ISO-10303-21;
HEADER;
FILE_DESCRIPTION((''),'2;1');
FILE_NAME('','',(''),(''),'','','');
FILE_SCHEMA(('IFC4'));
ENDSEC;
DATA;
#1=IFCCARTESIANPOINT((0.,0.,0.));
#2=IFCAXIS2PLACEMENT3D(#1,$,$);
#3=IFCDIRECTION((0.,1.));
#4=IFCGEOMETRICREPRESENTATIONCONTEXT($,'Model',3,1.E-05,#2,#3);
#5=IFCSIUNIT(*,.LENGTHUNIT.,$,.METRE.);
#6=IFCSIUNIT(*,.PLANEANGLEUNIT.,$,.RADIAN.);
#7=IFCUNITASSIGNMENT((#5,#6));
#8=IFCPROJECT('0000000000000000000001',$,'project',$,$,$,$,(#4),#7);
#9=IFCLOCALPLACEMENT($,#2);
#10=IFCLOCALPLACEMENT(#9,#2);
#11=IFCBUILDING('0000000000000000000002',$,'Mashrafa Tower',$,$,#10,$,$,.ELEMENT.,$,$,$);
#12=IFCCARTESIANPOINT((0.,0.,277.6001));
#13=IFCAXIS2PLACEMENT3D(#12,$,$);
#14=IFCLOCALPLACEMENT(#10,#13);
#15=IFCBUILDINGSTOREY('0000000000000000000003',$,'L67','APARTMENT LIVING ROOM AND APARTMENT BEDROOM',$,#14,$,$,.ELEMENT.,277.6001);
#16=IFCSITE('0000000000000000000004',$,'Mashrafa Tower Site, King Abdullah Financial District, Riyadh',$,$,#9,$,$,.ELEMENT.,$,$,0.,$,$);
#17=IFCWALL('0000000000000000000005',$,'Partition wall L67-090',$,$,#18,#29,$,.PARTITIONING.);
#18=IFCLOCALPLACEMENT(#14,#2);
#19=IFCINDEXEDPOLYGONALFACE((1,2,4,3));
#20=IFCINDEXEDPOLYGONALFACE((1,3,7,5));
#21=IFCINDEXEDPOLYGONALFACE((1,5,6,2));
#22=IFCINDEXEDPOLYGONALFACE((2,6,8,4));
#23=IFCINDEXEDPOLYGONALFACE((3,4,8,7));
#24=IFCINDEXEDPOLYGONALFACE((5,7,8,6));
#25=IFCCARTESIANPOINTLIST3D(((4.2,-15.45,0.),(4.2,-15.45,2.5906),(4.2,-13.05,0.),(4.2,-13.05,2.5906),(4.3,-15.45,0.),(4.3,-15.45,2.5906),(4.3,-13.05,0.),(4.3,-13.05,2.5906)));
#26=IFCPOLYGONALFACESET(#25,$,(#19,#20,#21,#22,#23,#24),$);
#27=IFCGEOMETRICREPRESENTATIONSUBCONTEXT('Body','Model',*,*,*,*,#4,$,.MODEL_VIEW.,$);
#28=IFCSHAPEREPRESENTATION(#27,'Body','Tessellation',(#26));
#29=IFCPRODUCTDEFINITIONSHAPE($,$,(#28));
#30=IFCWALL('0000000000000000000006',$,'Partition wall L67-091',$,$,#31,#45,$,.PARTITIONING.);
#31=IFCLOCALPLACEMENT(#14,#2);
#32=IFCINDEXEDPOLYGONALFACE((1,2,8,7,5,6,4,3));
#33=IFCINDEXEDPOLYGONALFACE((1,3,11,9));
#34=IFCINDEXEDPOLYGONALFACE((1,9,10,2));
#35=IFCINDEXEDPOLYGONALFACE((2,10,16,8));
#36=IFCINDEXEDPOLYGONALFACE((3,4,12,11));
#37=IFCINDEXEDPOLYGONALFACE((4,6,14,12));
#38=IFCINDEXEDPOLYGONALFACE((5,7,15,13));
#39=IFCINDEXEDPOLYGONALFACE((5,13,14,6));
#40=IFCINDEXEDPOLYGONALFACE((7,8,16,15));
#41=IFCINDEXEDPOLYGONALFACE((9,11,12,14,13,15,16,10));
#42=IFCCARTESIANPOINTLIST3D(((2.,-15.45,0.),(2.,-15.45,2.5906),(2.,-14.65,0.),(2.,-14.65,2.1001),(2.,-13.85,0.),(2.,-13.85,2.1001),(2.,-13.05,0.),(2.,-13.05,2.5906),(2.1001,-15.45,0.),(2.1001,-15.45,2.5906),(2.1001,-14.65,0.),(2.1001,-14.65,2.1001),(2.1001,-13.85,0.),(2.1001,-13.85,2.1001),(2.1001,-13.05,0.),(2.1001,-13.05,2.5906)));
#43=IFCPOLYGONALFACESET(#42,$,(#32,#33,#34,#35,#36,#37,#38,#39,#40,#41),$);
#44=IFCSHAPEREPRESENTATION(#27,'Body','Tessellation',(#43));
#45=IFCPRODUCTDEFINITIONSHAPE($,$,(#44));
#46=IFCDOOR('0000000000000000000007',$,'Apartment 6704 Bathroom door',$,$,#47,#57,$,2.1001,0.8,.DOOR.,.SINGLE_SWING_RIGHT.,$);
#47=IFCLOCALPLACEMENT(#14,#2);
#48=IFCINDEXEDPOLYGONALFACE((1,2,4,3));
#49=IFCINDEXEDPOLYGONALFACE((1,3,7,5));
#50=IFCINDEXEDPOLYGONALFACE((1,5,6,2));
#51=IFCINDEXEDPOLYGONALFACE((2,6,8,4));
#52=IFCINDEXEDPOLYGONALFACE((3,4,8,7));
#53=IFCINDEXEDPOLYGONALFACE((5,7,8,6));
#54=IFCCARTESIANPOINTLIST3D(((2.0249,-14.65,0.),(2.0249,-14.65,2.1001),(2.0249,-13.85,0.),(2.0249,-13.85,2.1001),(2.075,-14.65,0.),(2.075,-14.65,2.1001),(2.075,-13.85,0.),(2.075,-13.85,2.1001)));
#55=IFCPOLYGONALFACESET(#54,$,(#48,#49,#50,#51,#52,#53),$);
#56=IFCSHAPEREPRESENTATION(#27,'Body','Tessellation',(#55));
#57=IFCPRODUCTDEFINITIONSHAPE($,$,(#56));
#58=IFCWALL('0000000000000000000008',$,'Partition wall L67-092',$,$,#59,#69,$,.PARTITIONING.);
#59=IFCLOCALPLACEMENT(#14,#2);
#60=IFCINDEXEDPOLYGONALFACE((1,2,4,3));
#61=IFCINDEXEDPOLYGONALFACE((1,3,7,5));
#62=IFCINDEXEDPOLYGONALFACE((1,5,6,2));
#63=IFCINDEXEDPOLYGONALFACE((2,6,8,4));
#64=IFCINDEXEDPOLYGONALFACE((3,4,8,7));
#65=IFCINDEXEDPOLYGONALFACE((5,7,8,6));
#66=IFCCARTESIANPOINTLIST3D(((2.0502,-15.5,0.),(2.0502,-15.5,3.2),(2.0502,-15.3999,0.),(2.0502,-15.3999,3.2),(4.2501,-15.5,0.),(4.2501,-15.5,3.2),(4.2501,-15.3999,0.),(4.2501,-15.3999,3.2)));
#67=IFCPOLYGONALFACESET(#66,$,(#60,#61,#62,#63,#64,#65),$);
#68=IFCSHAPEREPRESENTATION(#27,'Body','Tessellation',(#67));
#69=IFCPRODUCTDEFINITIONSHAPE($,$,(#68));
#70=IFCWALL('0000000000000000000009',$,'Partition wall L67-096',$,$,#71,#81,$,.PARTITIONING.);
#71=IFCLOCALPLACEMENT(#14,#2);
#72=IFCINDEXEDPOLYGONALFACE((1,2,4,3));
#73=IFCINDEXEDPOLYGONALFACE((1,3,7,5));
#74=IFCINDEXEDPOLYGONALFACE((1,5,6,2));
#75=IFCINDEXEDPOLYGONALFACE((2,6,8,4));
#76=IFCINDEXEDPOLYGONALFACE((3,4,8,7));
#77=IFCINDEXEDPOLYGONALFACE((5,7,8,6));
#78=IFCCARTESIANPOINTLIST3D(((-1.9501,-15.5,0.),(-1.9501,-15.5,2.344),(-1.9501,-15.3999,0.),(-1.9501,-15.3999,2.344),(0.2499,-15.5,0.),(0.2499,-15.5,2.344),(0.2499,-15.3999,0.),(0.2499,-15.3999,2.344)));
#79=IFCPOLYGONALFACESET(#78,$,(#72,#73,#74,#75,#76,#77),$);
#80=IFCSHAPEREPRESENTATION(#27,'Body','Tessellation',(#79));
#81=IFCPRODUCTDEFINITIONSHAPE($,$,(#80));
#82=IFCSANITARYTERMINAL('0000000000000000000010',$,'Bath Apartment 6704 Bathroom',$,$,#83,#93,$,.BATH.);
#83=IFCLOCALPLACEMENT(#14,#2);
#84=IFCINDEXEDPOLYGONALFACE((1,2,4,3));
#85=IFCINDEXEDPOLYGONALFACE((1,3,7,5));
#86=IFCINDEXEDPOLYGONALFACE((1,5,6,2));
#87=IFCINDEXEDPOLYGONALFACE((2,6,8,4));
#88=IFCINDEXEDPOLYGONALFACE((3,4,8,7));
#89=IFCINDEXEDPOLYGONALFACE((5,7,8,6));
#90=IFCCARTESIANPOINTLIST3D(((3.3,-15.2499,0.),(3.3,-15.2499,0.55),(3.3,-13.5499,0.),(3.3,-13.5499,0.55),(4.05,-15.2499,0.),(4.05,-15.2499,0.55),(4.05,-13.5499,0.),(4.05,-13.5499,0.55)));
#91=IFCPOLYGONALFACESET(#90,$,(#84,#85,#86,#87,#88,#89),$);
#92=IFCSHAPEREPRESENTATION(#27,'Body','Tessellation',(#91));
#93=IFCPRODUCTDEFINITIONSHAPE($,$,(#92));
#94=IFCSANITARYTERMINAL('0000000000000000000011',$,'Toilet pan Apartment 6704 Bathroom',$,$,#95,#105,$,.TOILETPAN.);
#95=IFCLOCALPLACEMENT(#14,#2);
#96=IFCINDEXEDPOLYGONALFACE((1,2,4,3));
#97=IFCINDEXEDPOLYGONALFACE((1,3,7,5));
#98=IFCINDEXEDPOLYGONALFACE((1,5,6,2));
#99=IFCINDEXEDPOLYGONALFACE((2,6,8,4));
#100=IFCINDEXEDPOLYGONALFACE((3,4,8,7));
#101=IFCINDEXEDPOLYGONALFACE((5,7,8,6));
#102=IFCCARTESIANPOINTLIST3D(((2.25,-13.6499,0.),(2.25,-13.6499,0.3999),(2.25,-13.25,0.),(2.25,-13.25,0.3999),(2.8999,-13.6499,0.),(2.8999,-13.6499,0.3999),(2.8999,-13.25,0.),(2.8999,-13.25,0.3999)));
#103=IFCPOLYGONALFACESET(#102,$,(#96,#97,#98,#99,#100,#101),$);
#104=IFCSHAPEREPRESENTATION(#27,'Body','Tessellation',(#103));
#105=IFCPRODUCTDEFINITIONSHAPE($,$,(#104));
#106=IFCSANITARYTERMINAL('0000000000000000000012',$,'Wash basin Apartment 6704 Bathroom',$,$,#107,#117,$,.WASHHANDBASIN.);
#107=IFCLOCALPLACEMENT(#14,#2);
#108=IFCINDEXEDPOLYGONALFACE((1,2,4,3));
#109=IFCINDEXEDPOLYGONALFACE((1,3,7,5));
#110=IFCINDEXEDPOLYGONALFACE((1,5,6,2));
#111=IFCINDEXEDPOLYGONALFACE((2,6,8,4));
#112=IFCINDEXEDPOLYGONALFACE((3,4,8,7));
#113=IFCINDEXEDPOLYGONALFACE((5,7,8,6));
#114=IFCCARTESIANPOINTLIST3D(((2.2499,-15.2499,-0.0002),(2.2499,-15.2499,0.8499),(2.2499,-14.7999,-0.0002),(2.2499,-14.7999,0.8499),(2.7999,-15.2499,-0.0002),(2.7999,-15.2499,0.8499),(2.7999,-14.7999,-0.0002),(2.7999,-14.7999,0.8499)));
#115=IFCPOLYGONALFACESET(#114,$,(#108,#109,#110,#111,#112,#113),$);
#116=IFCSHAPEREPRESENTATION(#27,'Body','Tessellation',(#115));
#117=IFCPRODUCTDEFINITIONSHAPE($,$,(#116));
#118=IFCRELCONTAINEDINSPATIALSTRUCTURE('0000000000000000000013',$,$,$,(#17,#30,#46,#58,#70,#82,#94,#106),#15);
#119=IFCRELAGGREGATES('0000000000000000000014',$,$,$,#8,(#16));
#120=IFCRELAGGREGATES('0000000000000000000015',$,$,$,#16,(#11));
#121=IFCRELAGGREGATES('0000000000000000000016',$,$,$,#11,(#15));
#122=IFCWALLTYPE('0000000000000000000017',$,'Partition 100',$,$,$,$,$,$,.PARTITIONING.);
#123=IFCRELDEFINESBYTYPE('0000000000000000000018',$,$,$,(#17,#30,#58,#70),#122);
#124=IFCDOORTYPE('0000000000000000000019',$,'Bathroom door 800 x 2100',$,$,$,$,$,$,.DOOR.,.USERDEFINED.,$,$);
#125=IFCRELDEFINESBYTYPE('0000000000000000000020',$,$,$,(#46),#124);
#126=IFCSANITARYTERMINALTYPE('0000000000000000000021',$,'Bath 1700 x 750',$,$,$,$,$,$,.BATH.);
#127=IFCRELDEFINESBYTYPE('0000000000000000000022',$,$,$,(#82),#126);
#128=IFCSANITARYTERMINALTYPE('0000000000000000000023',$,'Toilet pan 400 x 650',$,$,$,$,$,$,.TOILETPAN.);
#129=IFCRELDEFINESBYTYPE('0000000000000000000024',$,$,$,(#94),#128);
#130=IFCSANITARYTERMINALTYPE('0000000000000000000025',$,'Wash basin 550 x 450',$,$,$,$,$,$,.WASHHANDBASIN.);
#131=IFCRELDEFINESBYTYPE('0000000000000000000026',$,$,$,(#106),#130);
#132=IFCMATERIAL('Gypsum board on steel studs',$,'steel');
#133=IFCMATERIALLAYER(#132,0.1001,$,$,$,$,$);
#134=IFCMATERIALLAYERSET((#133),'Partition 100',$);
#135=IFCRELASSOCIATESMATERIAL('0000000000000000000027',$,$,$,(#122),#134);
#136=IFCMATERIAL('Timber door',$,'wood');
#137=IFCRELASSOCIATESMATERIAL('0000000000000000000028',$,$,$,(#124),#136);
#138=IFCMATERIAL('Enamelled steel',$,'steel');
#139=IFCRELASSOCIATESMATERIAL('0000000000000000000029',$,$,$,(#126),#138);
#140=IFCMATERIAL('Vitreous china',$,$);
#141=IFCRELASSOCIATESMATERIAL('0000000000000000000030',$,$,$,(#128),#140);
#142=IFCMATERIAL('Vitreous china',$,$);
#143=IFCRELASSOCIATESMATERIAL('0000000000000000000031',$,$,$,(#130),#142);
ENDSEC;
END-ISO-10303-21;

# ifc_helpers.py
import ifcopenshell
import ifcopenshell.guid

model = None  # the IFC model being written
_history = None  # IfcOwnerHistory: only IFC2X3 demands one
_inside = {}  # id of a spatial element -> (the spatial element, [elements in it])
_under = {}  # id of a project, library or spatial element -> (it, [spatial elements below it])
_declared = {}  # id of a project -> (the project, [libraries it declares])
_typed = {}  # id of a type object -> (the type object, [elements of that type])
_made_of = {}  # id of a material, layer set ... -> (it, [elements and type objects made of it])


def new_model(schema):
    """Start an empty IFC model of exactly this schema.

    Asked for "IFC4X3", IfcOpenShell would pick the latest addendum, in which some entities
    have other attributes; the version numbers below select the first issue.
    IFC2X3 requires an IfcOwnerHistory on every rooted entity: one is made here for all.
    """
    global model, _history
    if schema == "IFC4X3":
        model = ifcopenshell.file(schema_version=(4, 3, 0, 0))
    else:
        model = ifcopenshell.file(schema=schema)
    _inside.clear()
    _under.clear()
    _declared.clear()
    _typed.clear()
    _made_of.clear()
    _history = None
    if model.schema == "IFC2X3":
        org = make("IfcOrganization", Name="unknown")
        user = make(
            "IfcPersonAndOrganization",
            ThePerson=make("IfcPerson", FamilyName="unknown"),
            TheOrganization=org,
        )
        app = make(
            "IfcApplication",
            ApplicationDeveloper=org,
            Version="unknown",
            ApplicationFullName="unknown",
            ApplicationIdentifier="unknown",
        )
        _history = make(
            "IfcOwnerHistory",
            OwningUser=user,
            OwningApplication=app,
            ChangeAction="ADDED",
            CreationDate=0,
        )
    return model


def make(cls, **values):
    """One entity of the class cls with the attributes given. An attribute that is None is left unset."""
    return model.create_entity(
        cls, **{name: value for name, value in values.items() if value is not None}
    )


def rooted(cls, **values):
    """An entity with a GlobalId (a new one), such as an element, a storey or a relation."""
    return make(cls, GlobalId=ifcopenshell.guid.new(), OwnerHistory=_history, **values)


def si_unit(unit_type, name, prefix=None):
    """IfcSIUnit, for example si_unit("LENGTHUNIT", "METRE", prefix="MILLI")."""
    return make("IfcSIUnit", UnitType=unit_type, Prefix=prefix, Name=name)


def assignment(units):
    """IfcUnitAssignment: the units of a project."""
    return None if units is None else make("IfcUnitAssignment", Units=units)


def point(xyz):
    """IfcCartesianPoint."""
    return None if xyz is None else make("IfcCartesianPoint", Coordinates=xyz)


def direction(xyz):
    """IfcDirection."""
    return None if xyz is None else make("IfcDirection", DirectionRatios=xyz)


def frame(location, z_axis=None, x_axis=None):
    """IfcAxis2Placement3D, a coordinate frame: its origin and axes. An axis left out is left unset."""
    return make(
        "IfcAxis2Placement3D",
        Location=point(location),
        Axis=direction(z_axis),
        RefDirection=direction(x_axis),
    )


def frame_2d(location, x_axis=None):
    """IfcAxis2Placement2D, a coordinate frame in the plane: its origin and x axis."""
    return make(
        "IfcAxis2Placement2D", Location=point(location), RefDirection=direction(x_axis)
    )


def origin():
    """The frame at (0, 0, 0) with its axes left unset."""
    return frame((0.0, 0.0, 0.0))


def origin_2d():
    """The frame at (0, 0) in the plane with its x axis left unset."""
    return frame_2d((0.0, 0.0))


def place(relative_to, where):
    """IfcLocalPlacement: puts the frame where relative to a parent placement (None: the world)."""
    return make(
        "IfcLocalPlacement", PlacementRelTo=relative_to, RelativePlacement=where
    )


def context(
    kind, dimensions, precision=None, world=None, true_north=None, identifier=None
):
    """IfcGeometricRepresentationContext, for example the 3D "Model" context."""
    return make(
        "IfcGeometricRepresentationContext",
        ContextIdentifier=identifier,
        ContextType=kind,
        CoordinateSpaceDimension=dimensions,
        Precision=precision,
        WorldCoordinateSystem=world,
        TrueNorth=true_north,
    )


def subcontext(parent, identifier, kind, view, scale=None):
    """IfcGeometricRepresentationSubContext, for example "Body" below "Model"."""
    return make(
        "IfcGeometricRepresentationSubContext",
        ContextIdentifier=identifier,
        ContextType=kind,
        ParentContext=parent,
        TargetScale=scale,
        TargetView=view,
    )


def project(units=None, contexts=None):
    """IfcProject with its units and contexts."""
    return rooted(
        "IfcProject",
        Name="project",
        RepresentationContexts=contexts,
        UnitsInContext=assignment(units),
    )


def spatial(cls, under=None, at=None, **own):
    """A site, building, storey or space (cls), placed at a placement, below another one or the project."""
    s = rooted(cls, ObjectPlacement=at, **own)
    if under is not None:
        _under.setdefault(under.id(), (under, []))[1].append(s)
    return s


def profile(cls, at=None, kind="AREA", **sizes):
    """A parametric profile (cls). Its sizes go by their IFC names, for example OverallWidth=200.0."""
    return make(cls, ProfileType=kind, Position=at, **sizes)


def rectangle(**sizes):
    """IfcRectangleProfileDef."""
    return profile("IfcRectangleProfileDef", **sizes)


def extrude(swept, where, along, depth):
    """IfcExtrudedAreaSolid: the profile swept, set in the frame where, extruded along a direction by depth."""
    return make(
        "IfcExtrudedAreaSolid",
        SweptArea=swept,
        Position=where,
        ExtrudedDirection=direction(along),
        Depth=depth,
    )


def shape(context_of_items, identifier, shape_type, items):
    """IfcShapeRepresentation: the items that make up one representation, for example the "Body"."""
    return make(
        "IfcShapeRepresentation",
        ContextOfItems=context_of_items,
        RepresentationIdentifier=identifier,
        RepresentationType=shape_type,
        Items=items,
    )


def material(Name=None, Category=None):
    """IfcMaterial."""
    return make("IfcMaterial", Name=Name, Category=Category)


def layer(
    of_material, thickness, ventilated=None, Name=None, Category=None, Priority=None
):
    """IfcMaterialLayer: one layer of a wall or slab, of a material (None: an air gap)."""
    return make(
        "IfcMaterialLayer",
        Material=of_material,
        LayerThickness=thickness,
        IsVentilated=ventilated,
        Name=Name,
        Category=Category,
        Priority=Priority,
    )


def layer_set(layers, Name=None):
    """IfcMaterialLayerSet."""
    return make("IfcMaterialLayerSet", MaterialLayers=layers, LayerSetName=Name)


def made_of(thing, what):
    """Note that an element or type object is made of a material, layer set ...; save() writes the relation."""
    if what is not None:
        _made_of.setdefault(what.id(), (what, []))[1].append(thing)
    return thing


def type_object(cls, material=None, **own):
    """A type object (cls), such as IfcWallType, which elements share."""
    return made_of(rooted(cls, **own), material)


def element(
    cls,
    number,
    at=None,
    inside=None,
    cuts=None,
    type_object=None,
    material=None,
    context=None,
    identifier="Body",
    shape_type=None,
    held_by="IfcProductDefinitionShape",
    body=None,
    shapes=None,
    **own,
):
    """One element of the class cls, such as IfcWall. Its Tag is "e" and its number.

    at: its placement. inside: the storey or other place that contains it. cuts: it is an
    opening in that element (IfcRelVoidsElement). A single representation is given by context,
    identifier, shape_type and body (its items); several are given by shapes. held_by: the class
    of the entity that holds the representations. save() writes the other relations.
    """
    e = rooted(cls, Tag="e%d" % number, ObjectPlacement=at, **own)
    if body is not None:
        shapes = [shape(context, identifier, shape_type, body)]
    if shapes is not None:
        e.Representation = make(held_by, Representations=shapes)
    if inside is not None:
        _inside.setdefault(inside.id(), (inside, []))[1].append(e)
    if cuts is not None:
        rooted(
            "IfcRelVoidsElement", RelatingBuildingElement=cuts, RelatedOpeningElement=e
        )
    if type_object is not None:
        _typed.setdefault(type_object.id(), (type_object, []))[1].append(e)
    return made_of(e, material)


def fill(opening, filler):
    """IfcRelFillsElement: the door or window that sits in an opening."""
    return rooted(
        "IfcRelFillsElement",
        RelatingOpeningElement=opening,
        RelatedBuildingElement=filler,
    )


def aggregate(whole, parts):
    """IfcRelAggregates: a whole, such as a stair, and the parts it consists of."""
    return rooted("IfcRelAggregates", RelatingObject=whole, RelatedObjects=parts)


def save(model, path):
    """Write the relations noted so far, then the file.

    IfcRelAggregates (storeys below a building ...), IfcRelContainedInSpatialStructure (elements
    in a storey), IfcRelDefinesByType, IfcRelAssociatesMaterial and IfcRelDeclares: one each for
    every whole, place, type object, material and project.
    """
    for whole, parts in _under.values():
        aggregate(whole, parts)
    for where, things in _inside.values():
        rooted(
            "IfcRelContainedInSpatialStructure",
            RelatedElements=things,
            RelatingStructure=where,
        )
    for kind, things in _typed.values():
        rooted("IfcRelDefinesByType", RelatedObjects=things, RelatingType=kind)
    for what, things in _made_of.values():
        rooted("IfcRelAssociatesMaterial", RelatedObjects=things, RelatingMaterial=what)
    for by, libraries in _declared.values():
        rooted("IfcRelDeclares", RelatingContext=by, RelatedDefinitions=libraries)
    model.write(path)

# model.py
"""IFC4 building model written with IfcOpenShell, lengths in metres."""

from ifc_helpers import new_model, si_unit, direction, frame, frame_2d, origin, origin_2d, place, context, subcontext, project, spatial, rectangle, extrude, material, layer, layer_set, type_object, element, fill, save


model = new_model("IFC4")

# Units and contexts
model_context = context("Model", 3, precision=1e-05, world=origin(), true_north=direction((0.0, 1.0)))
body_context = subcontext(model_context, "Body", "Model", "MODEL_VIEW")
ifc_project = project(units=[si_unit("LENGTHUNIT", "METRE"), si_unit("PLANEANGLEUNIT", "RADIAN")], contexts=[model_context])

# Site, building, storey
site_placement = place(None, origin())
site = spatial("IfcSite", under=ifc_project, at=site_placement, Name="Mashrafa Tower Site, King Abdullah Financial District, Riyadh", CompositionType="ELEMENT", RefElevation=0.0)
building_placement = place(site_placement, origin())
building = spatial("IfcBuilding", under=site, at=building_placement, Name="Mashrafa Tower", CompositionType="ELEMENT")
storey_placement = place(building_placement, frame((0.0, 0.0, 277.6001)))
storey = spatial("IfcBuildingStorey", under=building, at=storey_placement, Name="L67", Description="APARTMENT LIVING ROOM AND APARTMENT BEDROOM", CompositionType="ELEMENT", Elevation=277.6001)

# Wall
ifc_material_1 = material(Name="Gypsum board on steel studs", Category="steel")
ifc_layer_1 = layer(ifc_material_1, 0.1001)
ifc_layer_set_1 = layer_set([ifc_layer_1], Name="Partition 100")
wall_type_1 = type_object("IfcWallType", Name="Partition 100", PredefinedType="PARTITIONING", material=ifc_layer_set_1)
wall_1_placement = place(storey_placement, frame((4.25, -13.05, 0.0), z_axis=(0.0, 0.0, 1.0), x_axis=(0.0, -1.0, 0.0)))
element("IfcWall", 1, at=wall_1_placement, inside=storey, type_object=wall_type_1, Name="Partition wall L67-090", PredefinedType="PARTITIONING", context=body_context, shape_type="SweptSolid", body=[
    extrude(rectangle(XDim=2.3999, YDim=0.1001, at=frame_2d((1.2, 0.0))), origin(), (0.0, 0.0, 1.0), 2.5906),
])

# Wall, opening, door
wall_2_placement = place(storey_placement, frame((2.05, -13.05, 0.0), z_axis=(0.0, 0.0, 1.0), x_axis=(0.0, -1.0, 0.0)))
wall_2 = element("IfcWall", 2, at=wall_2_placement, inside=storey, type_object=wall_type_1, Name="Partition wall L67-091", PredefinedType="PARTITIONING", context=body_context, shape_type="SweptSolid", body=[
    extrude(rectangle(XDim=2.3999, YDim=0.1001, at=frame_2d((1.2, 0.0))), origin(), (0.0, 0.0, 1.0), 2.5906),
])
opening_1_placement = place(wall_2_placement, frame((0.8, 0.0, 0.0)))
opening_1 = element("IfcOpeningElement", 3, at=opening_1_placement, cuts=wall_2, PredefinedType="OPENING", context=body_context, shape_type="SweptSolid", body=[
    extrude(rectangle(XDim=0.8, YDim=2.1001, at=frame_2d((0.3999, 1.05))), frame((0.0, 0.0601, 0.0), z_axis=(0.0, -1.0, 0.0), x_axis=(1.0, 0.0, 0.0)), (0.0, 0.0, 1.0), 0.1201),
])
ifc_material_2 = material(Name="Timber door", Category="wood")
door_type_1 = type_object("IfcDoorType", Name="Bathroom door 800 x 2100", OperationType="USERDEFINED", PredefinedType="DOOR", material=ifc_material_2)
door_1_placement = place(opening_1_placement, origin())
door_1 = element("IfcDoor", 4, at=door_1_placement, inside=storey, type_object=door_type_1, Name="Apartment 6704 Bathroom door", OperationType="SINGLE_SWING_RIGHT", OverallHeight=2.1001, OverallWidth=0.8, PredefinedType="DOOR", context=body_context, shape_type="SweptSolid", body=[
    extrude(rectangle(XDim=0.8, YDim=2.1001, at=frame_2d((0.3999, 1.05))), frame((0.0, 0.0249, 0.0), z_axis=(0.0, -1.0, 0.0), x_axis=(1.0, 0.0, 0.0)), (0.0, 0.0, 1.0), 0.05),
])
fill(opening_1, door_1)

# Walls
wall_3_placement = place(storey_placement, frame((2.05, -15.45, 0.0), z_axis=(0.0, 0.0, 1.0), x_axis=(1.0, 0.0, 0.0)))
element("IfcWall", 5, at=wall_3_placement, inside=storey, type_object=wall_type_1, Name="Partition wall L67-092", PredefinedType="PARTITIONING", context=body_context, shape_type="SweptSolid", body=[
    extrude(rectangle(XDim=2.2, YDim=0.1001, at=frame_2d((1.1001, 0.0))), origin(), (0.0, 0.0, 1.0), 3.2),
])
wall_4_placement = place(storey_placement, frame((0.25, -15.45, 0.0), z_axis=(0.0, 0.0, 1.0), x_axis=(-1.0, 0.0, 0.0)))
element("IfcWall", 6, at=wall_4_placement, inside=storey, type_object=wall_type_1, Name="Partition wall L67-096", PredefinedType="PARTITIONING", context=body_context, shape_type="SweptSolid", body=[
    extrude(rectangle(XDim=2.2, YDim=0.1001, at=frame_2d((1.1001, 0.0))), origin(), (0.0, 0.0, 1.0), 2.344),
])

# Sanitary terminals
ifc_material_3 = material(Name="Enamelled steel", Category="steel")
sanitary_terminal_type_1 = type_object("IfcSanitaryTerminalType", Name="Bath 1700 x 750", PredefinedType="BATH", material=ifc_material_3)
sanitary_terminal_1_placement = place(storey_placement, frame((3.675, -14.3999, 0.0), z_axis=(0.0, 0.0, 1.0), x_axis=(0.0, 1.0, 0.0)))
element("IfcSanitaryTerminal", 7, at=sanitary_terminal_1_placement, inside=storey, type_object=sanitary_terminal_type_1, Name="Bath Apartment 6704 Bathroom", PredefinedType="BATH", context=body_context, shape_type="SweptSolid", body=[
    extrude(rectangle(XDim=1.7, YDim=0.75, at=origin_2d()), origin(), (0.0, 0.0, 1.0), 0.55),
])
ifc_material_4 = material(Name="Vitreous china")
sanitary_terminal_type_2 = type_object("IfcSanitaryTerminalType", Name="Toilet pan 400 x 650", PredefinedType="TOILETPAN", material=ifc_material_4)
sanitary_terminal_2_placement = place(storey_placement, frame((2.575, -13.45, 0.0), z_axis=(0.0, 0.0, 1.0), x_axis=(0.0, -1.0, 0.0)))
element("IfcSanitaryTerminal", 8, at=sanitary_terminal_2_placement, inside=storey, type_object=sanitary_terminal_type_2, Name="Toilet pan Apartment 6704 Bathroom", PredefinedType="TOILETPAN", context=body_context, shape_type="SweptSolid", body=[
    extrude(rectangle(XDim=0.3999, YDim=0.6499, at=origin_2d()), origin(), (0.0, 0.0, 1.0), 0.3999),
])
ifc_material_5 = material(Name="Vitreous china")
sanitary_terminal_type_3 = type_object("IfcSanitaryTerminalType", Name="Wash basin 550 x 450", PredefinedType="WASHHANDBASIN", material=ifc_material_5)
sanitary_terminal_3_placement = place(storey_placement, frame((2.5249, -15.0249, -0.0002), z_axis=(0.0, 0.0, 1.0), x_axis=(1.0, 0.0, 0.0)))
element("IfcSanitaryTerminal", 9, at=sanitary_terminal_3_placement, inside=storey, type_object=sanitary_terminal_type_3, Name="Wash basin Apartment 6704 Bathroom", PredefinedType="WASHHANDBASIN", context=body_context, shape_type="SweptSolid", body=[
    extrude(rectangle(XDim=0.55, YDim=0.45, at=origin_2d()), origin(), (0.0, 0.0, 1.0), 0.8501),
])

save(model, "model.ifc")
